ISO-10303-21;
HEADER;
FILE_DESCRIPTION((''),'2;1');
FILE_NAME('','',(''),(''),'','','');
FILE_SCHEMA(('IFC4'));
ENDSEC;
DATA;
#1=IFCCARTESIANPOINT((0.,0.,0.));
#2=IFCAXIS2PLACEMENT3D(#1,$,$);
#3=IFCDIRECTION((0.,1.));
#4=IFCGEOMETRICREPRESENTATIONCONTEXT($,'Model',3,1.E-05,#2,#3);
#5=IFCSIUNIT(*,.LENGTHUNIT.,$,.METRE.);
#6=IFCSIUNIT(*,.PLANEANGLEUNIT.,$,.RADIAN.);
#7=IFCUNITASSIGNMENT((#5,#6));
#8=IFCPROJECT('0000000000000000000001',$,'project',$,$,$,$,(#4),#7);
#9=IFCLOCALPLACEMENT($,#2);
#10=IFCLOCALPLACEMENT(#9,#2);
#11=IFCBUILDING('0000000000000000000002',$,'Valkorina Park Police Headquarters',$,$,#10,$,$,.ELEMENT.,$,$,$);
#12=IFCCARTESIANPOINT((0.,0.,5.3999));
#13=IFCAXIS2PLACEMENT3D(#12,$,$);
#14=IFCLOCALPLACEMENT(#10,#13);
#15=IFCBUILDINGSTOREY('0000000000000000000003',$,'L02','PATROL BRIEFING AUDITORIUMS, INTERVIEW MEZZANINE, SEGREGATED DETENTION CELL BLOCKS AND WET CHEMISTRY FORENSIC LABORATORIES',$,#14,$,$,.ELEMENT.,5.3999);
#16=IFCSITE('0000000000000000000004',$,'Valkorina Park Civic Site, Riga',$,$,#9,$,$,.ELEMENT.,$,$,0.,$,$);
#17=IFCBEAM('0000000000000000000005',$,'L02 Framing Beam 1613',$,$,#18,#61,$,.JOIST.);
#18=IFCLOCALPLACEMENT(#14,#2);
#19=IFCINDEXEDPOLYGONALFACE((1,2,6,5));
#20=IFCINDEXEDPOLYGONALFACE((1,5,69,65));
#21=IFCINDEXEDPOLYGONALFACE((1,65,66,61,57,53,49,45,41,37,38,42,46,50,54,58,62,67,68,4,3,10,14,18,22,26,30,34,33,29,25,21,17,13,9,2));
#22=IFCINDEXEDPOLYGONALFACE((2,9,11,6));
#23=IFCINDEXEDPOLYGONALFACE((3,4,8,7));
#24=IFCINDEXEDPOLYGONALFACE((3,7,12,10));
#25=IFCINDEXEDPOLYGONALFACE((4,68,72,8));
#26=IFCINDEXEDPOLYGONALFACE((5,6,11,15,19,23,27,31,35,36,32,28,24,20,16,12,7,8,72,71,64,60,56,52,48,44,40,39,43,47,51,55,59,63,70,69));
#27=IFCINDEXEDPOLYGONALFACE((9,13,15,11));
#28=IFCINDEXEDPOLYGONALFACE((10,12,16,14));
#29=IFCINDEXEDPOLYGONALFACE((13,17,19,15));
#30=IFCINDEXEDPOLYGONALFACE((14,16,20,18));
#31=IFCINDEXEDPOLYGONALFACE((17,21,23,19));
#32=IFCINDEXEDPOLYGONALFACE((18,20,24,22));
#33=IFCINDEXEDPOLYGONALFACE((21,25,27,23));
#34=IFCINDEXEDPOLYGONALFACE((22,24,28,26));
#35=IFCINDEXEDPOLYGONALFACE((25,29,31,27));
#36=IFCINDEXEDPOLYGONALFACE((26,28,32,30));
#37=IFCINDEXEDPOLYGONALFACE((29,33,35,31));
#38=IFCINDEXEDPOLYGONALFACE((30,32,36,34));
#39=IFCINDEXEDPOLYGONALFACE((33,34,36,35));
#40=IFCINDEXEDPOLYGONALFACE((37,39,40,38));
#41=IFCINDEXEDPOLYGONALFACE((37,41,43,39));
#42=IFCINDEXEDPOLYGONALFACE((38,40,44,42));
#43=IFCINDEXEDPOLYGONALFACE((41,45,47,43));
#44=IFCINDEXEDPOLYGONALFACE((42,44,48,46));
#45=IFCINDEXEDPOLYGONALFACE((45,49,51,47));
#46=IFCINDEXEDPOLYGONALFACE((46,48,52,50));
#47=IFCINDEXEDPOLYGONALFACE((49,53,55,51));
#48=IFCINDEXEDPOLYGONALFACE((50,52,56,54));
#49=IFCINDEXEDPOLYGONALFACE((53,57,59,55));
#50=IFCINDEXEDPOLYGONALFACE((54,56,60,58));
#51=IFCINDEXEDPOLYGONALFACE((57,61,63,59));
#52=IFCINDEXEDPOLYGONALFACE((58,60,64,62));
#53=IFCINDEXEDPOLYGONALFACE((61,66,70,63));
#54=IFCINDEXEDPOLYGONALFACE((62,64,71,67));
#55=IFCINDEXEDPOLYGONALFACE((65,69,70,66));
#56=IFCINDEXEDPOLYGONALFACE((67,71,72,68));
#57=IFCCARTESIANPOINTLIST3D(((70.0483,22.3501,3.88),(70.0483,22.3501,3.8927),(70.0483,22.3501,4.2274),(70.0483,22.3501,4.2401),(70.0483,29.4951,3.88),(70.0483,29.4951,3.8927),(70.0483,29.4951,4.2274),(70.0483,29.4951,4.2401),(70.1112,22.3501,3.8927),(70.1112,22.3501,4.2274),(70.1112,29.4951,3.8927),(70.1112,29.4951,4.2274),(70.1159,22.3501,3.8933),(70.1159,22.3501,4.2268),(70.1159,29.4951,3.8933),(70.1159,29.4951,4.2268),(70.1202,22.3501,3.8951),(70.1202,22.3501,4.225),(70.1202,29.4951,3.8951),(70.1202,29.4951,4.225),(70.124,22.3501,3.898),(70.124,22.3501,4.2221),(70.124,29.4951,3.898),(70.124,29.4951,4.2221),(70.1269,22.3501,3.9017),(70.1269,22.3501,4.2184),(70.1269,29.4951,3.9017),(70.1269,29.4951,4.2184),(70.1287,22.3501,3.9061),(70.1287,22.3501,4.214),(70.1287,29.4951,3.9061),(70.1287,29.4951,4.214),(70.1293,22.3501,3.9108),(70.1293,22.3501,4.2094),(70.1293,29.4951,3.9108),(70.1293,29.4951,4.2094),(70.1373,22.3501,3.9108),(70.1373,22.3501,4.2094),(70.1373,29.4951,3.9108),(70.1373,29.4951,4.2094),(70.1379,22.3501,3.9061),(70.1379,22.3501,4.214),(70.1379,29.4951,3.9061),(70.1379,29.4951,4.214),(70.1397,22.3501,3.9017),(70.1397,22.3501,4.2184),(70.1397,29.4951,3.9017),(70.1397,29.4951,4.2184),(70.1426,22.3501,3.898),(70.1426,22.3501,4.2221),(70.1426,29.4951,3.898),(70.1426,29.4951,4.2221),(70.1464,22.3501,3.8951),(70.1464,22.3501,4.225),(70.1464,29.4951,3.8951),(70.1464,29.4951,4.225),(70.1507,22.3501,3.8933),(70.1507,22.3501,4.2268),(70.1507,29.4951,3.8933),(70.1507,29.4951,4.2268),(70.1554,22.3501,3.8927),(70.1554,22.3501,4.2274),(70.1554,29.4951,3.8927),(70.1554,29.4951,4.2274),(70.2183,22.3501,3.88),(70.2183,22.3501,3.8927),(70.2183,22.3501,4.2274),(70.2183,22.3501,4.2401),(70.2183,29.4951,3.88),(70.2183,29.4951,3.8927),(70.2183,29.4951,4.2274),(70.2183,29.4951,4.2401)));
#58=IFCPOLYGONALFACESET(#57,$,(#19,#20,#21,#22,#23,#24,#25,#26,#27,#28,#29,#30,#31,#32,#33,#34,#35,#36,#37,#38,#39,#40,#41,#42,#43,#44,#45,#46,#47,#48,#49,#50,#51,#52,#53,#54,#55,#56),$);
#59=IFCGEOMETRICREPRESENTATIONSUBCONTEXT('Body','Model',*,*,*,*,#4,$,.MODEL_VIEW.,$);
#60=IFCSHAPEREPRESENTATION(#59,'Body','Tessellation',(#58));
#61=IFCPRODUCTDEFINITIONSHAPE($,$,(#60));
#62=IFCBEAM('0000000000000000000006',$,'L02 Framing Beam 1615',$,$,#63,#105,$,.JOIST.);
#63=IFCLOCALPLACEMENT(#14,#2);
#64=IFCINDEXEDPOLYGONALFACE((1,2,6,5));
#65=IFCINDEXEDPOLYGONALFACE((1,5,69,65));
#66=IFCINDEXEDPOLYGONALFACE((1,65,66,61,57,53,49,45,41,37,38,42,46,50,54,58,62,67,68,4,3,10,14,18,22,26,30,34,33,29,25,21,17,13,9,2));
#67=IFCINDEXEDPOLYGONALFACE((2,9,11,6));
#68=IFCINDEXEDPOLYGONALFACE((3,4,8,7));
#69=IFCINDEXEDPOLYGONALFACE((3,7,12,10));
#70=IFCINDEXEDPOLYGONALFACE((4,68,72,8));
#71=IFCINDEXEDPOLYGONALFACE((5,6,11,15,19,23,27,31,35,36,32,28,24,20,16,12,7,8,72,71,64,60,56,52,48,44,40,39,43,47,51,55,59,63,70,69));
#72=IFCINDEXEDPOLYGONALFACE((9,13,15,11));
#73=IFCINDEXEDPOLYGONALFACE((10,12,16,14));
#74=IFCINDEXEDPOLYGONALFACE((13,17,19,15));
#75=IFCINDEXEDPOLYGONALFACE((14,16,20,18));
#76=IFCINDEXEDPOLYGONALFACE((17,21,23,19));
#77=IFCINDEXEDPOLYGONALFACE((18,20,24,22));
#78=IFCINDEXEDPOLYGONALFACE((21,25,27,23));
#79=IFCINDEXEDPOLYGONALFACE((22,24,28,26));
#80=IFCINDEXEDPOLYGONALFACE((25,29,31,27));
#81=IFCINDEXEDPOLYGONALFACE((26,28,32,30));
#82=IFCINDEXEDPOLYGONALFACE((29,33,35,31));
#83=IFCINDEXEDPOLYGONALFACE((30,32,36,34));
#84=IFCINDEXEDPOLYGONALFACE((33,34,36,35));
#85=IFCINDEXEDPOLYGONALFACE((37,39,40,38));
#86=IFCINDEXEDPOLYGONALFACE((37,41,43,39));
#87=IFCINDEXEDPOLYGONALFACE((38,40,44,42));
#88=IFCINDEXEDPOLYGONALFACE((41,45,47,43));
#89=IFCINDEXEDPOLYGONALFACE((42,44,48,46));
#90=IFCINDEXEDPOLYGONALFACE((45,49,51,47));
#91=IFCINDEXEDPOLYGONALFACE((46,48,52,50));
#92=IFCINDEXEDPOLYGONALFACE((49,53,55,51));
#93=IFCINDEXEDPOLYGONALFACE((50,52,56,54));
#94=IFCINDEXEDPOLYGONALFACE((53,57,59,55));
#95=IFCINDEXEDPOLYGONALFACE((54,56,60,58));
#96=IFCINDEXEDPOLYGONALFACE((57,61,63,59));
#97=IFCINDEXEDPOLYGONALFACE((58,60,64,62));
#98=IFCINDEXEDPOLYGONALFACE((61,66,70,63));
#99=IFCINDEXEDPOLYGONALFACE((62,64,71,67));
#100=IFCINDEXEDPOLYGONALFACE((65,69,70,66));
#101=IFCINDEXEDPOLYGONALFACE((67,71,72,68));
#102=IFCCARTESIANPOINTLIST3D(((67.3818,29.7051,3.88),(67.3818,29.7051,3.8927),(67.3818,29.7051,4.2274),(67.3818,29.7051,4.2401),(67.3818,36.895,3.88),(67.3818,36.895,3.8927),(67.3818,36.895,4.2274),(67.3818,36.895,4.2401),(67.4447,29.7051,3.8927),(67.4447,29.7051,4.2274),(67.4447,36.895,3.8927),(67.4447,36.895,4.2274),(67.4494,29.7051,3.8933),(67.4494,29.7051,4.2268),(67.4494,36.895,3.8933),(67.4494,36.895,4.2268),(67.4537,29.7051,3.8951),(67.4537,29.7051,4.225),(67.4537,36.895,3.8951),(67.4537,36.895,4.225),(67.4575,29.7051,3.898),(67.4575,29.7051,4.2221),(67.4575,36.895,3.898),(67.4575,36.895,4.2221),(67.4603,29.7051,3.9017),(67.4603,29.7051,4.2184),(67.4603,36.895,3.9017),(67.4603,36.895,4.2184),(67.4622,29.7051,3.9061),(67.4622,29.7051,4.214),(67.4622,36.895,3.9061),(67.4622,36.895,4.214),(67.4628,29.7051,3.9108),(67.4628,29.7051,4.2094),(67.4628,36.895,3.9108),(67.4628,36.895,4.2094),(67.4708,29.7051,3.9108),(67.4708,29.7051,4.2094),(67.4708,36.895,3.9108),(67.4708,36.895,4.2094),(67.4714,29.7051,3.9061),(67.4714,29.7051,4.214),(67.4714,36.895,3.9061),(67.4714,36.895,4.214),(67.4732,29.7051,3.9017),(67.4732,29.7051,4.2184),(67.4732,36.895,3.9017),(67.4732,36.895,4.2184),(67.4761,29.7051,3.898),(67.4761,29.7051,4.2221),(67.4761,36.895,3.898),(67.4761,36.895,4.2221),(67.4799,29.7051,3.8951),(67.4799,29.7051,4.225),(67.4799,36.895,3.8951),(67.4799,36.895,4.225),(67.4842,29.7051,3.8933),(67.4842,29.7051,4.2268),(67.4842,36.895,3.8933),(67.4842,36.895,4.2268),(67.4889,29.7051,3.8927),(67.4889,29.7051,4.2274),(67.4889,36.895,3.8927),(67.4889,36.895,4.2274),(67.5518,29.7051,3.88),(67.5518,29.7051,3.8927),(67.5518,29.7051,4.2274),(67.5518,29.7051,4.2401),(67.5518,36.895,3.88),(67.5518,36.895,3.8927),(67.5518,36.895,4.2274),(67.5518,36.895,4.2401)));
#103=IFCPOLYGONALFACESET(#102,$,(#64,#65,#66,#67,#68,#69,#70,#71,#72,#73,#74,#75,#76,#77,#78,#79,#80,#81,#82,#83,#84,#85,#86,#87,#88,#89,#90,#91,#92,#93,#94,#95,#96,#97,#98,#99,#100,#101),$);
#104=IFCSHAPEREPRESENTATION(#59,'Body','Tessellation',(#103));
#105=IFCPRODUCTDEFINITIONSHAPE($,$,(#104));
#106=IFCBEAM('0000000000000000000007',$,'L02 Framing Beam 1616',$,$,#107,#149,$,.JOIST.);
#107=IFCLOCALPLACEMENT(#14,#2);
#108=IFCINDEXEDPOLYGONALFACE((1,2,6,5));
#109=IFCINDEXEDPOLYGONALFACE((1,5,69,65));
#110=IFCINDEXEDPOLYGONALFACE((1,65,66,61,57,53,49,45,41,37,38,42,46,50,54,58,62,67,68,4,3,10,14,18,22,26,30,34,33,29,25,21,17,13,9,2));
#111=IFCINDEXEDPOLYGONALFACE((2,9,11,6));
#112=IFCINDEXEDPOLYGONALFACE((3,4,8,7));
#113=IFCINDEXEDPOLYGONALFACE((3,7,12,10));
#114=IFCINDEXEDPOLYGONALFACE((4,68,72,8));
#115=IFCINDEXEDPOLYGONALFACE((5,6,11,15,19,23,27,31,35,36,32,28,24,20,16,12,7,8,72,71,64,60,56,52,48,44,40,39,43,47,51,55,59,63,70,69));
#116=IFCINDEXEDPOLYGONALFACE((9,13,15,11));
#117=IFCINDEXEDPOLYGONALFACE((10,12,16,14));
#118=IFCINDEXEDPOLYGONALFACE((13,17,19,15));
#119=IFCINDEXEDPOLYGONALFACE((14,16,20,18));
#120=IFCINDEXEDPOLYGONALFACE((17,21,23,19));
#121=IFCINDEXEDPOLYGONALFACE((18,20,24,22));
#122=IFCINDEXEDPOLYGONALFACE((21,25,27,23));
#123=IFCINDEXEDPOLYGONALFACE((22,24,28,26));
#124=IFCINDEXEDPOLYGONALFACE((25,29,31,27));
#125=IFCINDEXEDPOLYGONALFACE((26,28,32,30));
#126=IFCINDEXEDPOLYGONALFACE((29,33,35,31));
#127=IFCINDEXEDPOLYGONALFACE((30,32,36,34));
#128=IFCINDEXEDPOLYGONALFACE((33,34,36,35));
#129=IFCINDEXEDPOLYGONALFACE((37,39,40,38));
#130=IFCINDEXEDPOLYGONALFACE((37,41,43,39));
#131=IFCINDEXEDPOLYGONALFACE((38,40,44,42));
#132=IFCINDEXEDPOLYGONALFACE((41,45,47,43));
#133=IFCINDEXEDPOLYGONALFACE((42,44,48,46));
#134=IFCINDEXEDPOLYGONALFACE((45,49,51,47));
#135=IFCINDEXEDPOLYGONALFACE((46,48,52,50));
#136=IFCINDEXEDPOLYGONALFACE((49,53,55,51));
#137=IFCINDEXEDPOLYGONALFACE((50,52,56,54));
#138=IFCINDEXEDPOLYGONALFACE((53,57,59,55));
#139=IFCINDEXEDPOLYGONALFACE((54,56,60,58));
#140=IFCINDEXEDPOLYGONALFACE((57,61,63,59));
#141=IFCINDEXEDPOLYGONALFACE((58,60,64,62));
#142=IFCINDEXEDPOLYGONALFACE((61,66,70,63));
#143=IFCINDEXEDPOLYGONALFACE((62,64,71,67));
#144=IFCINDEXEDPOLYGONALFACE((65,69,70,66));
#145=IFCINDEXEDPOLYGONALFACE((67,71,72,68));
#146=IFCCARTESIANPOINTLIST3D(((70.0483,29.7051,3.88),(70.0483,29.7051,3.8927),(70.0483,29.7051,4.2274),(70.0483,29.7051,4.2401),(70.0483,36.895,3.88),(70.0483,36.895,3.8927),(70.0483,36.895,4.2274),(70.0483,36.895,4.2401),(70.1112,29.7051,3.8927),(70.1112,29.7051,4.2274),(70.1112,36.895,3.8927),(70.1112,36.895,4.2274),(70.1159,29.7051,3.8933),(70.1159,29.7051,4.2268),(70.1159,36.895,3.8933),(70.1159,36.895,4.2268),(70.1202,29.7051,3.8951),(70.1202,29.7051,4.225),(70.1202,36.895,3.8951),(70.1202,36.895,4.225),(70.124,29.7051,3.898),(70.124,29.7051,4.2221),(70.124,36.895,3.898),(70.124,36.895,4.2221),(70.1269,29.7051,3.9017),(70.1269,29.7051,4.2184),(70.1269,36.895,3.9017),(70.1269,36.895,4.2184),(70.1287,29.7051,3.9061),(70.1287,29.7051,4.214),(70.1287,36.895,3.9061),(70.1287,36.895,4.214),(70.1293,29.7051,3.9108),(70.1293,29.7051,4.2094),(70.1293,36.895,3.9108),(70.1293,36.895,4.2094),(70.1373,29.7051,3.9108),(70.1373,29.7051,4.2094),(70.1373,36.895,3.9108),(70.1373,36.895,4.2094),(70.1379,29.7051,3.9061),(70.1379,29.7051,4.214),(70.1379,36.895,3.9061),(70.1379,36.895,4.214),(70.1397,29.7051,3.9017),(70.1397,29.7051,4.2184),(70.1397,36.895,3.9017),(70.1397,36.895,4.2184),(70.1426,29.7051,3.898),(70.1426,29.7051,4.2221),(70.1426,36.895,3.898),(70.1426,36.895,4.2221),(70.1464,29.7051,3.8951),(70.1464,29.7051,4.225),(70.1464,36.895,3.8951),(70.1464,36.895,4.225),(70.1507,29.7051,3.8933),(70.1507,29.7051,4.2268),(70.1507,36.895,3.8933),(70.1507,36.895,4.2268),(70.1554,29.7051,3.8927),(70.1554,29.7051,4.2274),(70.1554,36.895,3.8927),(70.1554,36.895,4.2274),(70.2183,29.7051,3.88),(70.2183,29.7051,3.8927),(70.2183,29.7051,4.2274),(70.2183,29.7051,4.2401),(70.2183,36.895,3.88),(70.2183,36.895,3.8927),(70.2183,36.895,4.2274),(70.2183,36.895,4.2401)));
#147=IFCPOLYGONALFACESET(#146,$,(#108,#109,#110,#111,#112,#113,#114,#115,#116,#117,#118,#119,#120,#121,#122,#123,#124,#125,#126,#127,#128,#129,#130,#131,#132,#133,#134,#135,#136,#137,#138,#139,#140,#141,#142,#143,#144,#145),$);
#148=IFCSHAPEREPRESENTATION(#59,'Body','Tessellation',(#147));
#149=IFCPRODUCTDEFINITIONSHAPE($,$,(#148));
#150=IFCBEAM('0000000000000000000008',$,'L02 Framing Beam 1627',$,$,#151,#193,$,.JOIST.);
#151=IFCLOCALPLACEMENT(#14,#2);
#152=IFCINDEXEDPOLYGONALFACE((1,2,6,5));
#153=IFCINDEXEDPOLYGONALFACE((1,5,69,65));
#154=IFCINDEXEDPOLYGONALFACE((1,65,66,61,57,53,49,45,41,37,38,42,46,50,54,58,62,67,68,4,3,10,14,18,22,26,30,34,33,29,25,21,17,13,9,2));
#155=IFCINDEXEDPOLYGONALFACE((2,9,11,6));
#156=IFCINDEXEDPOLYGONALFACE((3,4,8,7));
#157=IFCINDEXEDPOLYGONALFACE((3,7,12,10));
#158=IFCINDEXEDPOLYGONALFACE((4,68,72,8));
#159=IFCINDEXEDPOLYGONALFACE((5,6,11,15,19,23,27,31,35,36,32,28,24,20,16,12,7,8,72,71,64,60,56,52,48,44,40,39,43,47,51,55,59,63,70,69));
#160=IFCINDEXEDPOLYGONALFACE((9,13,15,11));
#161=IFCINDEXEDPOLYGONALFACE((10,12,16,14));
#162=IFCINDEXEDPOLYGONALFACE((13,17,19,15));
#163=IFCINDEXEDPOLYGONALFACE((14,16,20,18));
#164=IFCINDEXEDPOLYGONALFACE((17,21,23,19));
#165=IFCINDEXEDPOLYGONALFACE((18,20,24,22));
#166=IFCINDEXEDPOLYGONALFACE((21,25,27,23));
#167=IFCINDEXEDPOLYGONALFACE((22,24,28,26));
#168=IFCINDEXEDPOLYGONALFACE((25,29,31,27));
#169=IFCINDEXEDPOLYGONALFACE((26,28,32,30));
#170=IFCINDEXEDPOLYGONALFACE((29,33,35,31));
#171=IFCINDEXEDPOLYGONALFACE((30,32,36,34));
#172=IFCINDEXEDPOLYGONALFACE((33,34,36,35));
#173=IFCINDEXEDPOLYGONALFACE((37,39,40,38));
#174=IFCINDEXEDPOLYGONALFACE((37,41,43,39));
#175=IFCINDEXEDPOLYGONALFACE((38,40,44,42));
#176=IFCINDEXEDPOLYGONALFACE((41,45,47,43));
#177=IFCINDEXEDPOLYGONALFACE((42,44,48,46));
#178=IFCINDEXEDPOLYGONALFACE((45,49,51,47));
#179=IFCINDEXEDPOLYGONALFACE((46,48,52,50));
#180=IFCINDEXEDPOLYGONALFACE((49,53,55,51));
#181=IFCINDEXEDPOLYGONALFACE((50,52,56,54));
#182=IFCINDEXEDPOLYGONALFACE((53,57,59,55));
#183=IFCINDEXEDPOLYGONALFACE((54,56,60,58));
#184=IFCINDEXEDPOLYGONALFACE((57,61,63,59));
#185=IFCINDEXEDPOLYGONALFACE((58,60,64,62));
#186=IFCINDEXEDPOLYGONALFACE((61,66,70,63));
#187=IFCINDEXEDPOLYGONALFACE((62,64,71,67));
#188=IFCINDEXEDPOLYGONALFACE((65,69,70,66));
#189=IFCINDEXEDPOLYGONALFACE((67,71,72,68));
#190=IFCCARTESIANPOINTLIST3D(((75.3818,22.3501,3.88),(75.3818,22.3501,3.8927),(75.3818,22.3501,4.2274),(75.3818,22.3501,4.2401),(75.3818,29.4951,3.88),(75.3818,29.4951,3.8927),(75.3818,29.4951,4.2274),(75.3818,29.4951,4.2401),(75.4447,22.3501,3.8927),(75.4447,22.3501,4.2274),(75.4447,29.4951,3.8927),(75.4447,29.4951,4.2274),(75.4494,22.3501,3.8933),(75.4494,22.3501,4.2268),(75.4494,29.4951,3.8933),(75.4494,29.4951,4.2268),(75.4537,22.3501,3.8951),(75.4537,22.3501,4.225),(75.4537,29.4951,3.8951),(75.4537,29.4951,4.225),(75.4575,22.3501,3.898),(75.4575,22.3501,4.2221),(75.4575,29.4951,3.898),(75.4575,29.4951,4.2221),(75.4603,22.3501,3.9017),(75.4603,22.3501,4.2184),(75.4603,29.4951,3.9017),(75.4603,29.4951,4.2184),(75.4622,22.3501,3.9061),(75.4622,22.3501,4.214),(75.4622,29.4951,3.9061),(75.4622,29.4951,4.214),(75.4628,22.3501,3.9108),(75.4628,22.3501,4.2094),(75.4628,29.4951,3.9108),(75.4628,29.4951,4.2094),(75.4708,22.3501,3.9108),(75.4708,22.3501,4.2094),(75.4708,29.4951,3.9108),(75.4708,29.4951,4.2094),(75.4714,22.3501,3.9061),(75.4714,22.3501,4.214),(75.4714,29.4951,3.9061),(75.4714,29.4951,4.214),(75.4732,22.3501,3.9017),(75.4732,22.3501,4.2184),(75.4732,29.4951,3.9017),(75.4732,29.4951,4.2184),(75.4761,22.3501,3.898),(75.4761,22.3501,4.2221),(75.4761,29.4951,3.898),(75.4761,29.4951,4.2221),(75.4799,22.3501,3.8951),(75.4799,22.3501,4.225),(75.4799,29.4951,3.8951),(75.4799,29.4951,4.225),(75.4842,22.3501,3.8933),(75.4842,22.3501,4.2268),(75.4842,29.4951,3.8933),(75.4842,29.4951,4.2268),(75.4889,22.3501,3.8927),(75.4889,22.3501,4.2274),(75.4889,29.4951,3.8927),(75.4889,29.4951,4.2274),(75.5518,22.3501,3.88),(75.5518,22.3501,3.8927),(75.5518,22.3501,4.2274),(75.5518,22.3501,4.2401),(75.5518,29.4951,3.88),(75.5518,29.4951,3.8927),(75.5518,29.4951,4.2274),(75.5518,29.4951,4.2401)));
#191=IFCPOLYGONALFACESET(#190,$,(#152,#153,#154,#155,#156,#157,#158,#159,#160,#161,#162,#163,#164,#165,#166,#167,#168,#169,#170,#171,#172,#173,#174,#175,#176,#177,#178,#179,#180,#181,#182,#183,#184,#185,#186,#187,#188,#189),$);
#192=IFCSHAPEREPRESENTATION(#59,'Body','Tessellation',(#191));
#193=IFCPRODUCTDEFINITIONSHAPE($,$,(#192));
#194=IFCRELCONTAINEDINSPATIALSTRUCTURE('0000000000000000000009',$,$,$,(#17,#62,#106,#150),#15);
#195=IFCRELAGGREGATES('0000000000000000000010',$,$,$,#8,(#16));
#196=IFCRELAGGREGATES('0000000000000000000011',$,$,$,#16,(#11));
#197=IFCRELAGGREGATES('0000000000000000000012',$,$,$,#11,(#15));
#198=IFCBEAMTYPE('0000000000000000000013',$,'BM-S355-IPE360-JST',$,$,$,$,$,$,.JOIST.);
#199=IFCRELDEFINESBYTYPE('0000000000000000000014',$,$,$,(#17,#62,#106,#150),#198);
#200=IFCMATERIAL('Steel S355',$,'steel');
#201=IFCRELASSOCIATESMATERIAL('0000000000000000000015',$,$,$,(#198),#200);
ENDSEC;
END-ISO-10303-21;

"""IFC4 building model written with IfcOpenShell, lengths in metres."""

from ifc_helpers import new_model, si_unit, direction, frame, origin, origin_2d, place, context, subcontext, project, spatial, i_section, extrude, material, material_profile, profile_set, type_object, element, save


model = new_model("IFC4")

# Units and contexts
model_context = context("Model", 3, precision=1e-05, world=origin(), true_north=direction((0.0, 1.0)))
body_context = subcontext(model_context, "Body", "Model", "MODEL_VIEW")
ifc_project = project(units=[si_unit("LENGTHUNIT", "METRE"), si_unit("PLANEANGLEUNIT", "RADIAN")], contexts=[model_context])

# Site, building, storey
site_placement = place(None, origin())
site = spatial("IfcSite", under=ifc_project, at=site_placement, Name="Valkorina Park Civic Site, Riga", CompositionType="ELEMENT", RefElevation=0.0)
building_placement = place(site_placement, origin())
building = spatial("IfcBuilding", under=site, at=building_placement, Name="Valkorina Park Police Headquarters", CompositionType="ELEMENT")
storey_placement = place(building_placement, frame((0.0, 0.0, 5.3999)))
storey = spatial("IfcBuildingStorey", under=building, at=storey_placement, Name="L02", Description="PATROL BRIEFING AUDITORIUMS, INTERVIEW MEZZANINE, SEGREGATED DETENTION CELL BLOCKS AND WET CHEMISTRY FORENSIC LABORATORIES", CompositionType="ELEMENT", Elevation=5.3999)

# Shared definitions
ifc_material_1 = material(Name="Steel S355", Category="steel")

# Beams
ifc_material_profile_1 = material_profile(ifc_material_1, i_section(OverallWidth=0.1699, OverallDepth=0.3601, WebThickness=0.0081, FlangeThickness=0.0127, FilletRadius=0.0181, at=origin_2d()), Name="IPE 360")
ifc_profile_set_1 = profile_set([ifc_material_profile_1], Name="Steel S355")
beam_type_1 = type_object("IfcBeamType", Name="BM-S355-IPE360-JST", PredefinedType="JOIST", material=ifc_profile_set_1)
for number, where, z_axis, x_axis, name in (
    (1, (70.1333, 22.3501, 4.0601), (0.0, 1.0, 0.0), (-1.0, 0.0, 0.0), "L02 Framing Beam 1613"),
):
    element("IfcBeam", number, at=place(storey_placement, frame(where, z_axis=z_axis, x_axis=x_axis)), inside=storey, type_object=beam_type_1, Name=name, PredefinedType="JOIST", context=body_context, shape_type="SweptSolid", body=[
        extrude(i_section(OverallWidth=0.1699, OverallDepth=0.3601, WebThickness=0.0081, FlangeThickness=0.0127, FilletRadius=0.0181, at=origin_2d()), origin(), (0.0, 0.0, 1.0), 7.145),
    ])
for number, where, z_axis, x_axis, name in (
    (2, (67.4668, 29.7051, 4.0601), (0.0, 1.0, 0.0), (-1.0, 0.0, 0.0), "L02 Framing Beam 1615"),
    (3, (70.1333, 29.7051, 4.0601), (0.0, 1.0, 0.0), (-1.0, 0.0, 0.0), "L02 Framing Beam 1616"),
):
    element("IfcBeam", number, at=place(storey_placement, frame(where, z_axis=z_axis, x_axis=x_axis)), inside=storey, type_object=beam_type_1, Name=name, PredefinedType="JOIST", context=body_context, shape_type="SweptSolid", body=[
        extrude(i_section(OverallWidth=0.1699, OverallDepth=0.3601, WebThickness=0.0081, FlangeThickness=0.0127, FilletRadius=0.0181, at=origin_2d()), origin(), (0.0, 0.0, 1.0), 7.1899),
    ])
for number, where, z_axis, x_axis, name in (
    (4, (75.4668, 22.3501, 4.0601), (0.0, 1.0, 0.0), (-1.0, 0.0, 0.0), "L02 Framing Beam 1627"),
):
    element("IfcBeam", number, at=place(storey_placement, frame(where, z_axis=z_axis, x_axis=x_axis)), inside=storey, type_object=beam_type_1, Name=name, PredefinedType="JOIST", context=body_context, shape_type="SweptSolid", body=[
        extrude(i_section(OverallWidth=0.1699, OverallDepth=0.3601, WebThickness=0.0081, FlangeThickness=0.0127, FilletRadius=0.0181, at=origin_2d()), origin(), (0.0, 0.0, 1.0), 7.145),
    ])

save(model, "model.ifc")
